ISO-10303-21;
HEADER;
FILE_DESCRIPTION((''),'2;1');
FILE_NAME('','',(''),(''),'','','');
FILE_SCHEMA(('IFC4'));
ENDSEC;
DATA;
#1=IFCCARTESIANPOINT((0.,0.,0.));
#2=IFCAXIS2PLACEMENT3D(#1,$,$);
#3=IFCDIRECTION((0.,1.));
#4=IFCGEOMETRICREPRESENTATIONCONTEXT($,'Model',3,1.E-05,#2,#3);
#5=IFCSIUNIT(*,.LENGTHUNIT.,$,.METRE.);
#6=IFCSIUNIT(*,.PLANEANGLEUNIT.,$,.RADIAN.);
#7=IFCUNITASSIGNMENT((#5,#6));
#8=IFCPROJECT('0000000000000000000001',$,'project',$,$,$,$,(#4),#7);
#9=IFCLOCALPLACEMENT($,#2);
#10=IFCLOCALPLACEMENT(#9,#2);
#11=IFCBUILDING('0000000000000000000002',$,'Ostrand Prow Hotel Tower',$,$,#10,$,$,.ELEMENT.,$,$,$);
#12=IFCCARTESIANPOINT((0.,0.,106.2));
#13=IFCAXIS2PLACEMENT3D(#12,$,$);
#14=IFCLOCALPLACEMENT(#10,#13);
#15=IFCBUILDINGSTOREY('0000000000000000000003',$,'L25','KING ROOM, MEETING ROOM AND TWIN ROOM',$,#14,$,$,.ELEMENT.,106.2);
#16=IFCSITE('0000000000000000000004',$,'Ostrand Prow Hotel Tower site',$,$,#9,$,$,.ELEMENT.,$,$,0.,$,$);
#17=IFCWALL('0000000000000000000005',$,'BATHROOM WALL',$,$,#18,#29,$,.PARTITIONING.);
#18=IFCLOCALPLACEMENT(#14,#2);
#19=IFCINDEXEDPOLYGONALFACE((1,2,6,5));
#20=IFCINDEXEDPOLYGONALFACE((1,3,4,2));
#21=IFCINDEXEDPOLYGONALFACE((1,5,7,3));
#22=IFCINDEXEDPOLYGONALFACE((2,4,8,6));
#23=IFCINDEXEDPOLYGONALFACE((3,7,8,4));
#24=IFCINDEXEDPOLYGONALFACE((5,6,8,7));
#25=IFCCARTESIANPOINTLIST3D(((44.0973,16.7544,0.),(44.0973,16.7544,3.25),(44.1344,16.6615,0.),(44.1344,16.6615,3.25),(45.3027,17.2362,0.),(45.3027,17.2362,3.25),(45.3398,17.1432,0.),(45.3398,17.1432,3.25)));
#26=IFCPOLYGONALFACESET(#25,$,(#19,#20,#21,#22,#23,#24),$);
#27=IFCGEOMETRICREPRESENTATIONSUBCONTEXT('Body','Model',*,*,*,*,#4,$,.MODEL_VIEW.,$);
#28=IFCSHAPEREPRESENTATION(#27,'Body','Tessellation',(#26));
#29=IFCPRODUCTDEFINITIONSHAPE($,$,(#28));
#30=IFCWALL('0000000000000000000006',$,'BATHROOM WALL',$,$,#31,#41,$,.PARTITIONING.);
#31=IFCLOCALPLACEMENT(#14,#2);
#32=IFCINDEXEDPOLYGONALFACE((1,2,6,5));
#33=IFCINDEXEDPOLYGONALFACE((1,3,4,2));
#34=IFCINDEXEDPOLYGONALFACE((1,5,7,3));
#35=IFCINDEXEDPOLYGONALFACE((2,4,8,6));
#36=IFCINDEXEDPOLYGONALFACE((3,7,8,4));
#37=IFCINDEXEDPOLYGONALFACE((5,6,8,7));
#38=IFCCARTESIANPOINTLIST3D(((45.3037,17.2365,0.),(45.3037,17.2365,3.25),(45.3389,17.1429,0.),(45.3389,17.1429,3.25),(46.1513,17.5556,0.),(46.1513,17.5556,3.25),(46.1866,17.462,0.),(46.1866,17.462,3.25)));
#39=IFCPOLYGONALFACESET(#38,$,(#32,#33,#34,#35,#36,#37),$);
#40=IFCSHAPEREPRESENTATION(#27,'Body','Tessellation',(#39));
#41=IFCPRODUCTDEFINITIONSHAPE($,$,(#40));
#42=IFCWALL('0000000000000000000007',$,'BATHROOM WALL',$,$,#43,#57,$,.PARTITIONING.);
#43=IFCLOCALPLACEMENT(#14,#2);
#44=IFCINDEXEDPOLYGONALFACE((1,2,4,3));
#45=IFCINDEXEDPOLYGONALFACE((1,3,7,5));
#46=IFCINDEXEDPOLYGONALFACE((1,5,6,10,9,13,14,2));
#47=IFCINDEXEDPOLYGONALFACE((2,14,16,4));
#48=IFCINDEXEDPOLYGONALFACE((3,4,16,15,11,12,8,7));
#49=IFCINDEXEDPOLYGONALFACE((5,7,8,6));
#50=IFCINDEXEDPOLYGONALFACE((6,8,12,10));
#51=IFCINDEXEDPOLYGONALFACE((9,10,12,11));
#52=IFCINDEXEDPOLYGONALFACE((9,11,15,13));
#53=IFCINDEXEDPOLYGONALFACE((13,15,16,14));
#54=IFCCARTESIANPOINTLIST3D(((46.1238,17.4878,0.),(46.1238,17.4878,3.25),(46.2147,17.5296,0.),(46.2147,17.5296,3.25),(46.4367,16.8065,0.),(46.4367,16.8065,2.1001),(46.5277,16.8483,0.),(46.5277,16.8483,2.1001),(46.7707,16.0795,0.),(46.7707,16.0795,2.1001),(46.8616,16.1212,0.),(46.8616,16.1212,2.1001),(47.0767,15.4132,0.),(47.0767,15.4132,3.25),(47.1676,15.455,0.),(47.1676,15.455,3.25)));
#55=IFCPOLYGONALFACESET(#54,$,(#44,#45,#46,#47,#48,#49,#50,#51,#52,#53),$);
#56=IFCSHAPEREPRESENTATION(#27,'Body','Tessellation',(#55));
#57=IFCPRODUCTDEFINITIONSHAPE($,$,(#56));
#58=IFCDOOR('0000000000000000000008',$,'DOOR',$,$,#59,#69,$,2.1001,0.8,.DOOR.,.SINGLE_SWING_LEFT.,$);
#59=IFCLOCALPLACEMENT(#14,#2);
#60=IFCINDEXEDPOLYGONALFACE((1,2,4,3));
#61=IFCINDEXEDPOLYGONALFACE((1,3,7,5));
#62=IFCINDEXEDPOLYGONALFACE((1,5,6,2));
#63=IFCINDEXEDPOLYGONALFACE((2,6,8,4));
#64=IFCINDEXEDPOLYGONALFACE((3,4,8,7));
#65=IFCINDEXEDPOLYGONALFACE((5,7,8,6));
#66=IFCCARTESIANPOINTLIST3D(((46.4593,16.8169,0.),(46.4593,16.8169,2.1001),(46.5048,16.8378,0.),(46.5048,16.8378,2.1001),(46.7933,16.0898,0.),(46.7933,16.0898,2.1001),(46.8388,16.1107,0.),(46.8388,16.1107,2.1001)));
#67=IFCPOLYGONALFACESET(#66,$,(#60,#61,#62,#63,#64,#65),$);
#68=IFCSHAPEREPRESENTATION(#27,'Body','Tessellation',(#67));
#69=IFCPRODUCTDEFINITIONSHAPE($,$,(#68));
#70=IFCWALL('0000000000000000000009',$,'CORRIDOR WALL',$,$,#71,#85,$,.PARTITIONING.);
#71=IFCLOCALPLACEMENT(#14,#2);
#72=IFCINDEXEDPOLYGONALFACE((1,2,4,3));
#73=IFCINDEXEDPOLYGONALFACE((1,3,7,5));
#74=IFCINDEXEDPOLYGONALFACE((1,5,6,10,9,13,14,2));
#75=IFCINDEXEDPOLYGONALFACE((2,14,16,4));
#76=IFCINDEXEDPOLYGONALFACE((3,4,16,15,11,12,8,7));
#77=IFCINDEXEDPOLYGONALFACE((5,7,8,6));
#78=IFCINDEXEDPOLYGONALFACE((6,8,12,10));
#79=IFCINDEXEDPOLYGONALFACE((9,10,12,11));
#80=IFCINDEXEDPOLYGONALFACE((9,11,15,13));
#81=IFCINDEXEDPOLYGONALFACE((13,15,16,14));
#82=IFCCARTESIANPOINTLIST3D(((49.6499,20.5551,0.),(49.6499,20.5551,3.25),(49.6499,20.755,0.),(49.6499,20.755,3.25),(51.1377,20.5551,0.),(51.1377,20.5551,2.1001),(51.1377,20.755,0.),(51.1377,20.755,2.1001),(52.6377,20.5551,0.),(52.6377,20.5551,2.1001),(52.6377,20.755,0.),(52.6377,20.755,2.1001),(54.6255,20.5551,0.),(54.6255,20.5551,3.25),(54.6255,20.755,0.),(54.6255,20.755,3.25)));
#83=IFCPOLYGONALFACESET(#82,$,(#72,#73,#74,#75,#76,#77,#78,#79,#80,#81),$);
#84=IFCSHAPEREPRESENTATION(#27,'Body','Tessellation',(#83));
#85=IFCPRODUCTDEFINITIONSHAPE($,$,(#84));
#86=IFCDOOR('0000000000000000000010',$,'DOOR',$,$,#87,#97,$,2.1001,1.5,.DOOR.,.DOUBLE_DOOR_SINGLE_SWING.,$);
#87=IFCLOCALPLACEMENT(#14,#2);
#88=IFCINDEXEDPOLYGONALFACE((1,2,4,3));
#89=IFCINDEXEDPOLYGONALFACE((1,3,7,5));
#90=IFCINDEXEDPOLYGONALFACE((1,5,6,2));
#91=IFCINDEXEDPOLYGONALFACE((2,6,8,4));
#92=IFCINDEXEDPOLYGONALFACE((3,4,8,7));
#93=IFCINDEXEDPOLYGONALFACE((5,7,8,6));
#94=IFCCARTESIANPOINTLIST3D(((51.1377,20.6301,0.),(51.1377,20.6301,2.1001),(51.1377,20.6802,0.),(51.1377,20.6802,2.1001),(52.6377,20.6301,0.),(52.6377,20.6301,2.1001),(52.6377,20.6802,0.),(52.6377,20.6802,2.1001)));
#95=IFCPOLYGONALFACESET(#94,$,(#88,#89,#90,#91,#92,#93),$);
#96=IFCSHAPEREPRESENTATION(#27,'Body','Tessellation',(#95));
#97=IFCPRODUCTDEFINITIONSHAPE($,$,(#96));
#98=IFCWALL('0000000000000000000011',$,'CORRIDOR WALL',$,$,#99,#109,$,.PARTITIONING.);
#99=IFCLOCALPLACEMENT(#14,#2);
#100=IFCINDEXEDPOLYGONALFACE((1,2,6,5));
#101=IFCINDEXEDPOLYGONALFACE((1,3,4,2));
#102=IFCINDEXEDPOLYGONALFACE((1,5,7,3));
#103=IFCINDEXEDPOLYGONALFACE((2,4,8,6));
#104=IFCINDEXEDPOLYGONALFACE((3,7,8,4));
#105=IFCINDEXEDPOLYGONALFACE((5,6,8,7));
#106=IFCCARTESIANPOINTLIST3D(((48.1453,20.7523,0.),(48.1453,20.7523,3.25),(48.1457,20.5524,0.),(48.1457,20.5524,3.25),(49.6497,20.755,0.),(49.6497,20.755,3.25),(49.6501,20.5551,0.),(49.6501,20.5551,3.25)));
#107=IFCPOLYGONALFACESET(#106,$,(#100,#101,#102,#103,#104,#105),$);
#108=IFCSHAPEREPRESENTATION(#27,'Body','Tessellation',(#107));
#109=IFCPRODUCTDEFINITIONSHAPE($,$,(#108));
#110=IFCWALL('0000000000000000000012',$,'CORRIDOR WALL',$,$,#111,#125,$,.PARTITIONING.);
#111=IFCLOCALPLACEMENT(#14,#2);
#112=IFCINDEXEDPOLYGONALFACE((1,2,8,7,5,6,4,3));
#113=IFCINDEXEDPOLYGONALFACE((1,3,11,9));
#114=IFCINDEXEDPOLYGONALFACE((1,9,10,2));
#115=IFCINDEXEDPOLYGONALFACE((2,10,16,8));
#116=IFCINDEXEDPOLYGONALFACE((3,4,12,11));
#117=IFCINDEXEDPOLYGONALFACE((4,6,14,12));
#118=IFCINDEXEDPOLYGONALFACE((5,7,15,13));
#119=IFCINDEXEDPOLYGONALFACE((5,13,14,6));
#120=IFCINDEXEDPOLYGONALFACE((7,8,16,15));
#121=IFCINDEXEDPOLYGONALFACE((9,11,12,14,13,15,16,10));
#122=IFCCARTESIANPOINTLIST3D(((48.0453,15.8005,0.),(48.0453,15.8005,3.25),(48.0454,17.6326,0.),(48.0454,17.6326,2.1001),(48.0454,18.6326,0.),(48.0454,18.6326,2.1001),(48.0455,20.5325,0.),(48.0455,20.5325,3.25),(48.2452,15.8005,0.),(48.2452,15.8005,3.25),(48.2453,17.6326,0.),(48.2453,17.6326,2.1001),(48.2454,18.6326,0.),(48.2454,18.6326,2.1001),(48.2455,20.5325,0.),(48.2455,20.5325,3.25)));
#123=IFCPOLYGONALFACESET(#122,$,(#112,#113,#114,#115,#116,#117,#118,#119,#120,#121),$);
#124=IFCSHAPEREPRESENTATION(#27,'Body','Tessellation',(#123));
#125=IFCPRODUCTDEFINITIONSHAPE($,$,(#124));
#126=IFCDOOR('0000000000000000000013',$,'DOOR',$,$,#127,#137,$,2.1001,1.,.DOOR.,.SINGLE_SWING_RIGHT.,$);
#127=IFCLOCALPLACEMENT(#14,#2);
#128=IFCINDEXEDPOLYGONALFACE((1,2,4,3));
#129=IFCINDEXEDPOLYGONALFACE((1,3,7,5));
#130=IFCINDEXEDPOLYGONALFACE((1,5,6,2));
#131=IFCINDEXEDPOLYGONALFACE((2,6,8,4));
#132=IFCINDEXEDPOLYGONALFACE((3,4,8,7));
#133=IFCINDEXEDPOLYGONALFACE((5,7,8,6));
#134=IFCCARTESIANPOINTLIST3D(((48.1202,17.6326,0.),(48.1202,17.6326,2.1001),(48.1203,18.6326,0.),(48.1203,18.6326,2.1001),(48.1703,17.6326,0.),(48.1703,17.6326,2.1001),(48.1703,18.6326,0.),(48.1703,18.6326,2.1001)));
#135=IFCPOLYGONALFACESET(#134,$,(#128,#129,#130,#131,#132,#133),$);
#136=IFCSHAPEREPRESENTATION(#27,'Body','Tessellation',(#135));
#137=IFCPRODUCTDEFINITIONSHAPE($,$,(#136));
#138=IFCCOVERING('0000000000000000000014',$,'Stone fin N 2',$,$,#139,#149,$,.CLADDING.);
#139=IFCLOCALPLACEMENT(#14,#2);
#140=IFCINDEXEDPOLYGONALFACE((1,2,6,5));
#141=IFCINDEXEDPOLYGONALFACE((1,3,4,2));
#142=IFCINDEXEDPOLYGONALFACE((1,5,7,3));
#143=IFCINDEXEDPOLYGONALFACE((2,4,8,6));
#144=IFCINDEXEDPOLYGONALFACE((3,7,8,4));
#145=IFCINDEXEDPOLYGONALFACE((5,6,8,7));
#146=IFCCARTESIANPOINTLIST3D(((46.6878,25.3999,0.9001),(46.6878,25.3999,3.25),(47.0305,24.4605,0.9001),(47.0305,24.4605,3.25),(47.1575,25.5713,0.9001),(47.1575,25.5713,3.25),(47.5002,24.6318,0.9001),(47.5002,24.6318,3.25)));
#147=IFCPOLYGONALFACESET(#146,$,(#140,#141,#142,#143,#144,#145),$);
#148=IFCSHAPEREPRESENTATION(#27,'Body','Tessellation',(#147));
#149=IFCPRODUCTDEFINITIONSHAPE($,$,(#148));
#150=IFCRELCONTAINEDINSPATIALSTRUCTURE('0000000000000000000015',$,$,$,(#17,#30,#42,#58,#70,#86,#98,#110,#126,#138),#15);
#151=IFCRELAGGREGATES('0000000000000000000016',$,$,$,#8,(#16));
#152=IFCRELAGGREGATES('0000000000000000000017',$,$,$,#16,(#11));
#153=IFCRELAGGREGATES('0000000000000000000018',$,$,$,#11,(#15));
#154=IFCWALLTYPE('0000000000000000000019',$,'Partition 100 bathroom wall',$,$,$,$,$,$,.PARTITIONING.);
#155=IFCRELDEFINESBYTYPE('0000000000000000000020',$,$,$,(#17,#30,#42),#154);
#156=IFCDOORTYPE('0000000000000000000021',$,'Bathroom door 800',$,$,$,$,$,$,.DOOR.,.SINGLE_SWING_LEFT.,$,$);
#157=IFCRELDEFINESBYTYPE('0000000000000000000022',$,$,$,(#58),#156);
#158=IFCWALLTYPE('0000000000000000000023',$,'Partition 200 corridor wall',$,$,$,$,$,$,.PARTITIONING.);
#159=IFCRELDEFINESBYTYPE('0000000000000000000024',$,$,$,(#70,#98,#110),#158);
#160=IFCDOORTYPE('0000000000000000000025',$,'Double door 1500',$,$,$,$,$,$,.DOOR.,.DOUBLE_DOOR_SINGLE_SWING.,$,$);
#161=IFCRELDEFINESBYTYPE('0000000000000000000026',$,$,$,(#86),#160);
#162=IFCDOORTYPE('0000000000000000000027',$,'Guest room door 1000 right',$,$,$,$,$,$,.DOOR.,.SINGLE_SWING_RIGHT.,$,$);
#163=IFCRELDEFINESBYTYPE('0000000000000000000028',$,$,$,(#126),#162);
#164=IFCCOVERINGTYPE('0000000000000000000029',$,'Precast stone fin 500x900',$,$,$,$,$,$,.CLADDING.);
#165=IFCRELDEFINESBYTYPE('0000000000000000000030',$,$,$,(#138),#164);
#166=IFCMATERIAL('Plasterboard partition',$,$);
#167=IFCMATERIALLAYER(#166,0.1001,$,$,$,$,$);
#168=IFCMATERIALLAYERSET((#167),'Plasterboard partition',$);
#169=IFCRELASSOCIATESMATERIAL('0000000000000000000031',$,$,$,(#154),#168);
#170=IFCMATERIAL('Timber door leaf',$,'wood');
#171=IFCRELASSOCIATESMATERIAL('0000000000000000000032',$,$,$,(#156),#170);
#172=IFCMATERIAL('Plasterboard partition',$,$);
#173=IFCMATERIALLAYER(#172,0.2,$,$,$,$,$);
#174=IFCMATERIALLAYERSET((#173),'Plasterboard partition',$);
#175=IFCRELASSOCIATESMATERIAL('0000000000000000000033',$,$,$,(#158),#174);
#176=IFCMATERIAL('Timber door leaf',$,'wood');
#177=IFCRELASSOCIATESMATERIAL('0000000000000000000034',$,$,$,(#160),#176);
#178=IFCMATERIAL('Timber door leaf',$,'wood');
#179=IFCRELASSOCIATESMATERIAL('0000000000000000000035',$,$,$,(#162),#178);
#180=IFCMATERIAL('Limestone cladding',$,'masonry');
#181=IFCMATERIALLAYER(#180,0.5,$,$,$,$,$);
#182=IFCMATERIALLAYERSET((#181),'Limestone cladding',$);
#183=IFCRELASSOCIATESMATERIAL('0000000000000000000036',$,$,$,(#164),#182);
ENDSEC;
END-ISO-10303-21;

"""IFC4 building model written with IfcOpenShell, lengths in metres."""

from ifc_helpers import new_model, si_unit, direction, frame, frame_2d, origin, place, context, subcontext, project, spatial, rectangle, extrude, material, layer, layer_set, type_object, element, fill, save


model = new_model("IFC4")

# Units and contexts
model_context = context("Model", 3, precision=1e-05, world=origin(), true_north=direction((0.0, 1.0)))
body_context = subcontext(model_context, "Body", "Model", "MODEL_VIEW")
ifc_project = project(units=[si_unit("LENGTHUNIT", "METRE"), si_unit("PLANEANGLEUNIT", "RADIAN")], contexts=[model_context])

# Site, building, storey
site_placement = place(None, origin())
site = spatial("IfcSite", under=ifc_project, at=site_placement, Name="Ostrand Prow Hotel Tower site", CompositionType="ELEMENT", RefElevation=0.0)
building_placement = place(site_placement, origin())
building = spatial("IfcBuilding", under=site, at=building_placement, Name="Ostrand Prow Hotel Tower", CompositionType="ELEMENT")
storey_placement = place(building_placement, frame((0.0, 0.0, 106.2)))
storey = spatial("IfcBuildingStorey", under=building, at=storey_placement, Name="L25", Description="KING ROOM, MEETING ROOM AND TWIN ROOM", CompositionType="ELEMENT", Elevation=106.2)

# Walls
ifc_material_1 = material(Name="Plasterboard partition")
ifc_layer_1 = layer(ifc_material_1, 0.1001)
ifc_layer_set_1 = layer_set([ifc_layer_1], Name="Plasterboard partition")
wall_type_1 = type_object("IfcWallType", Name="Partition 100 bathroom wall", PredefinedType="PARTITIONING", material=ifc_layer_set_1)
wall_1_placement = place(storey_placement, frame((44.116, 16.708, 0.0), z_axis=(0.0, 0.0, 1.0), x_axis=(0.928593, 0.371099, 0.0)))
element("IfcWall", 1, at=wall_1_placement, inside=storey, type_object=wall_type_1, Name="BATHROOM WALL", PredefinedType="PARTITIONING", context=body_context, shape_type="SweptSolid", body=[
    extrude(rectangle(XDim=1.2981, YDim=0.1001, at=frame_2d((0.6489, 0.0))), origin(), (0.0, 0.0, 1.0), 3.25),
])
wall_2_placement = place(storey_placement, frame((45.3213, 17.1897, 0.0), z_axis=(0.0, 0.0, 1.0), x_axis=(0.935885, 0.352305, 0.0)))
element("IfcWall", 2, at=wall_2_placement, inside=storey, type_object=wall_type_1, Name="BATHROOM WALL", PredefinedType="PARTITIONING", context=body_context, shape_type="SweptSolid", body=[
    extrude(rectangle(XDim=0.9058, YDim=0.1001, at=frame_2d((0.4529, 0.0))), origin(), (0.0, 0.0, 1.0), 3.25),
])

# Walls, openings, doors
wall_3_placement = place(storey_placement, frame((46.1692, 17.5088, 0.0), z_axis=(0.0, 0.0, 1.0), x_axis=(0.417409, -0.908719, 0.0)))
wall_3 = element("IfcWall", 3, at=wall_3_placement, inside=storey, type_object=wall_type_1, Name="BATHROOM WALL", PredefinedType="PARTITIONING", context=body_context, shape_type="SweptSolid", body=[
    extrude(rectangle(XDim=2.283, YDim=0.1001, at=frame_2d((1.1416, 0.0))), origin(), (0.0, 0.0, 1.0), 3.25),
])
opening_1_placement = place(wall_3_placement, frame((0.75, 0.0, 0.0)))
opening_1 = element("IfcOpeningElement", 4, at=opening_1_placement, cuts=wall_3, PredefinedType="OPENING", context=body_context, shape_type="SweptSolid", body=[
    extrude(rectangle(XDim=0.8, YDim=2.1001, at=frame_2d((0.3999, 1.05))), frame((0.0, 0.0601, 0.0), z_axis=(0.0, -1.0, 0.0), x_axis=(1.0, 0.0, 0.0)), (0.0, 0.0, 1.0), 0.1201),
])
ifc_material_2 = material(Name="Timber door leaf", Category="wood")
door_type_1 = type_object("IfcDoorType", Name="Bathroom door 800", OperationType="SINGLE_SWING_LEFT", PredefinedType="DOOR", material=ifc_material_2)
door_1_placement = place(opening_1_placement, origin())
door_1 = element("IfcDoor", 5, at=door_1_placement, inside=storey, type_object=door_type_1, Name="DOOR", OperationType="SINGLE_SWING_LEFT", OverallHeight=2.1001, OverallWidth=0.8, PredefinedType="DOOR", context=body_context, shape_type="SweptSolid", body=[
    extrude(rectangle(XDim=0.8, YDim=2.1001, at=frame_2d((0.3999, 1.05))), frame((0.0, 0.0249, 0.0), z_axis=(0.0, -1.0, 0.0), x_axis=(1.0, 0.0, 0.0)), (0.0, 0.0, 1.0), 0.05),
])
fill(opening_1, door_1)
ifc_material_3 = material(Name="Plasterboard partition")
ifc_layer_2 = layer(ifc_material_3, 0.2)
ifc_layer_set_2 = layer_set([ifc_layer_2], Name="Plasterboard partition")
wall_type_2 = type_object("IfcWallType", Name="Partition 200 corridor wall", PredefinedType="PARTITIONING", material=ifc_layer_set_2)
wall_4_placement = place(storey_placement, frame((54.6255, 20.655, 0.0), z_axis=(0.0, 0.0, 1.0), x_axis=(-1.0, 0.0, 0.0)))
wall_4 = element("IfcWall", 6, at=wall_4_placement, inside=storey, type_object=wall_type_2, Name="CORRIDOR WALL", PredefinedType="PARTITIONING", context=body_context, shape_type="SweptSolid", body=[
    extrude(rectangle(XDim=4.9756, YDim=0.2, at=frame_2d((2.4878, 0.0))), origin(), (0.0, 0.0, 1.0), 3.25),
])
opening_2_placement = place(wall_4_placement, frame((1.9878, 0.0, 0.0)))
opening_2 = element("IfcOpeningElement", 7, at=opening_2_placement, cuts=wall_4, PredefinedType="OPENING", context=body_context, shape_type="SweptSolid", body=[
    extrude(rectangle(XDim=1.5, YDim=2.1001, at=frame_2d((0.75, 1.05))), frame((0.0, 0.1099, 0.0), z_axis=(0.0, -1.0, 0.0), x_axis=(1.0, 0.0, 0.0)), (0.0, 0.0, 1.0), 0.22),
])
ifc_material_4 = material(Name="Timber door leaf", Category="wood")
door_type_2 = type_object("IfcDoorType", Name="Double door 1500", OperationType="DOUBLE_DOOR_SINGLE_SWING", PredefinedType="DOOR", material=ifc_material_4)
door_2_placement = place(opening_2_placement, origin())
door_2 = element("IfcDoor", 8, at=door_2_placement, inside=storey, type_object=door_type_2, Name="DOOR", OperationType="DOUBLE_DOOR_SINGLE_SWING", OverallHeight=2.1001, OverallWidth=1.5, PredefinedType="DOOR", context=body_context, shape_type="SweptSolid", body=[
    extrude(rectangle(XDim=1.5, YDim=2.1001, at=frame_2d((0.75, 1.05))), frame((0.0, 0.0249, 0.0), z_axis=(0.0, -1.0, 0.0), x_axis=(1.0, 0.0, 0.0)), (0.0, 0.0, 1.0), 0.05),
])
fill(opening_2, door_2)

# Wall
wall_5_placement = place(storey_placement, frame((49.6499, 20.655, 0.0), z_axis=(0.0, 0.0, 1.0), x_axis=(-0.999998, -0.001785, 0.0)))
element("IfcWall", 9, at=wall_5_placement, inside=storey, type_object=wall_type_2, Name="CORRIDOR WALL", PredefinedType="PARTITIONING", context=body_context, shape_type="SweptSolid", body=[
    extrude(rectangle(XDim=1.5044, YDim=0.2, at=frame_2d((0.7522, 0.0))), origin(), (0.0, 0.0, 1.0), 3.25),
])

# Wall, opening, door
wall_6_placement = place(storey_placement, frame((48.1455, 20.5325, 0.0), z_axis=(0.0, 0.0, 1.0), x_axis=(-0.000052, -1.0, 0.0)))
wall_6 = element("IfcWall", 10, at=wall_6_placement, inside=storey, type_object=wall_type_2, Name="CORRIDOR WALL", PredefinedType="PARTITIONING", context=body_context, shape_type="SweptSolid", body=[
    extrude(rectangle(XDim=4.7319, YDim=0.2, at=frame_2d((2.366, 0.0))), origin(), (0.0, 0.0, 1.0), 3.25),
])
opening_3_placement = place(wall_6_placement, frame((1.8999, 0.0, 0.0)))
opening_3 = element("IfcOpeningElement", 11, at=opening_3_placement, cuts=wall_6, PredefinedType="OPENING", context=body_context, shape_type="SweptSolid", body=[
    extrude(rectangle(XDim=1.0, YDim=2.1001, at=frame_2d((0.5, 1.05))), frame((0.0, 0.1099, 0.0), z_axis=(0.0, -1.0, 0.0), x_axis=(1.0, 0.0, 0.0)), (0.0, 0.0, 1.0), 0.22),
])
ifc_material_5 = material(Name="Timber door leaf", Category="wood")
door_type_3 = type_object("IfcDoorType", Name="Guest room door 1000 right", OperationType="SINGLE_SWING_RIGHT", PredefinedType="DOOR", material=ifc_material_5)
door_3_placement = place(opening_3_placement, origin())
door_3 = element("IfcDoor", 12, at=door_3_placement, inside=storey, type_object=door_type_3, Name="DOOR", OperationType="SINGLE_SWING_RIGHT", OverallHeight=2.1001, OverallWidth=1.0, PredefinedType="DOOR", context=body_context, shape_type="SweptSolid", body=[
    extrude(rectangle(XDim=1.0, YDim=2.1001, at=frame_2d((0.5, 1.05))), frame((0.0, 0.0249, 0.0), z_axis=(0.0, -1.0, 0.0), x_axis=(1.0, 0.0, 0.0)), (0.0, 0.0, 1.0), 0.05),
])
fill(opening_3, door_3)

# Covering
ifc_material_6 = material(Name="Limestone cladding", Category="masonry")
ifc_layer_3 = layer(ifc_material_6, 0.5)
ifc_layer_set_3 = layer_set([ifc_layer_3], Name="Limestone cladding")
covering_type = type_object("IfcCoveringType", Name="Precast stone fin 500x900", PredefinedType="CLADDING", material=ifc_layer_set_3)
covering_placement = place(storey_placement, frame((47.2654, 24.5461, 0.9001), z_axis=(0.0, 0.0, 1.0), x_axis=(-0.342762, 0.939422, 0.0)))
element("IfcCovering", 13, at=covering_placement, inside=storey, type_object=covering_type, Name="Stone fin N 2", PredefinedType="CLADDING", context=body_context, shape_type="SweptSolid", body=[
    extrude(rectangle(XDim=1.0, YDim=0.5, at=frame_2d((0.5, 0.0))), origin(), (0.0, 0.0, 1.0), 2.3499),
])

save(model, "model.ifc")
